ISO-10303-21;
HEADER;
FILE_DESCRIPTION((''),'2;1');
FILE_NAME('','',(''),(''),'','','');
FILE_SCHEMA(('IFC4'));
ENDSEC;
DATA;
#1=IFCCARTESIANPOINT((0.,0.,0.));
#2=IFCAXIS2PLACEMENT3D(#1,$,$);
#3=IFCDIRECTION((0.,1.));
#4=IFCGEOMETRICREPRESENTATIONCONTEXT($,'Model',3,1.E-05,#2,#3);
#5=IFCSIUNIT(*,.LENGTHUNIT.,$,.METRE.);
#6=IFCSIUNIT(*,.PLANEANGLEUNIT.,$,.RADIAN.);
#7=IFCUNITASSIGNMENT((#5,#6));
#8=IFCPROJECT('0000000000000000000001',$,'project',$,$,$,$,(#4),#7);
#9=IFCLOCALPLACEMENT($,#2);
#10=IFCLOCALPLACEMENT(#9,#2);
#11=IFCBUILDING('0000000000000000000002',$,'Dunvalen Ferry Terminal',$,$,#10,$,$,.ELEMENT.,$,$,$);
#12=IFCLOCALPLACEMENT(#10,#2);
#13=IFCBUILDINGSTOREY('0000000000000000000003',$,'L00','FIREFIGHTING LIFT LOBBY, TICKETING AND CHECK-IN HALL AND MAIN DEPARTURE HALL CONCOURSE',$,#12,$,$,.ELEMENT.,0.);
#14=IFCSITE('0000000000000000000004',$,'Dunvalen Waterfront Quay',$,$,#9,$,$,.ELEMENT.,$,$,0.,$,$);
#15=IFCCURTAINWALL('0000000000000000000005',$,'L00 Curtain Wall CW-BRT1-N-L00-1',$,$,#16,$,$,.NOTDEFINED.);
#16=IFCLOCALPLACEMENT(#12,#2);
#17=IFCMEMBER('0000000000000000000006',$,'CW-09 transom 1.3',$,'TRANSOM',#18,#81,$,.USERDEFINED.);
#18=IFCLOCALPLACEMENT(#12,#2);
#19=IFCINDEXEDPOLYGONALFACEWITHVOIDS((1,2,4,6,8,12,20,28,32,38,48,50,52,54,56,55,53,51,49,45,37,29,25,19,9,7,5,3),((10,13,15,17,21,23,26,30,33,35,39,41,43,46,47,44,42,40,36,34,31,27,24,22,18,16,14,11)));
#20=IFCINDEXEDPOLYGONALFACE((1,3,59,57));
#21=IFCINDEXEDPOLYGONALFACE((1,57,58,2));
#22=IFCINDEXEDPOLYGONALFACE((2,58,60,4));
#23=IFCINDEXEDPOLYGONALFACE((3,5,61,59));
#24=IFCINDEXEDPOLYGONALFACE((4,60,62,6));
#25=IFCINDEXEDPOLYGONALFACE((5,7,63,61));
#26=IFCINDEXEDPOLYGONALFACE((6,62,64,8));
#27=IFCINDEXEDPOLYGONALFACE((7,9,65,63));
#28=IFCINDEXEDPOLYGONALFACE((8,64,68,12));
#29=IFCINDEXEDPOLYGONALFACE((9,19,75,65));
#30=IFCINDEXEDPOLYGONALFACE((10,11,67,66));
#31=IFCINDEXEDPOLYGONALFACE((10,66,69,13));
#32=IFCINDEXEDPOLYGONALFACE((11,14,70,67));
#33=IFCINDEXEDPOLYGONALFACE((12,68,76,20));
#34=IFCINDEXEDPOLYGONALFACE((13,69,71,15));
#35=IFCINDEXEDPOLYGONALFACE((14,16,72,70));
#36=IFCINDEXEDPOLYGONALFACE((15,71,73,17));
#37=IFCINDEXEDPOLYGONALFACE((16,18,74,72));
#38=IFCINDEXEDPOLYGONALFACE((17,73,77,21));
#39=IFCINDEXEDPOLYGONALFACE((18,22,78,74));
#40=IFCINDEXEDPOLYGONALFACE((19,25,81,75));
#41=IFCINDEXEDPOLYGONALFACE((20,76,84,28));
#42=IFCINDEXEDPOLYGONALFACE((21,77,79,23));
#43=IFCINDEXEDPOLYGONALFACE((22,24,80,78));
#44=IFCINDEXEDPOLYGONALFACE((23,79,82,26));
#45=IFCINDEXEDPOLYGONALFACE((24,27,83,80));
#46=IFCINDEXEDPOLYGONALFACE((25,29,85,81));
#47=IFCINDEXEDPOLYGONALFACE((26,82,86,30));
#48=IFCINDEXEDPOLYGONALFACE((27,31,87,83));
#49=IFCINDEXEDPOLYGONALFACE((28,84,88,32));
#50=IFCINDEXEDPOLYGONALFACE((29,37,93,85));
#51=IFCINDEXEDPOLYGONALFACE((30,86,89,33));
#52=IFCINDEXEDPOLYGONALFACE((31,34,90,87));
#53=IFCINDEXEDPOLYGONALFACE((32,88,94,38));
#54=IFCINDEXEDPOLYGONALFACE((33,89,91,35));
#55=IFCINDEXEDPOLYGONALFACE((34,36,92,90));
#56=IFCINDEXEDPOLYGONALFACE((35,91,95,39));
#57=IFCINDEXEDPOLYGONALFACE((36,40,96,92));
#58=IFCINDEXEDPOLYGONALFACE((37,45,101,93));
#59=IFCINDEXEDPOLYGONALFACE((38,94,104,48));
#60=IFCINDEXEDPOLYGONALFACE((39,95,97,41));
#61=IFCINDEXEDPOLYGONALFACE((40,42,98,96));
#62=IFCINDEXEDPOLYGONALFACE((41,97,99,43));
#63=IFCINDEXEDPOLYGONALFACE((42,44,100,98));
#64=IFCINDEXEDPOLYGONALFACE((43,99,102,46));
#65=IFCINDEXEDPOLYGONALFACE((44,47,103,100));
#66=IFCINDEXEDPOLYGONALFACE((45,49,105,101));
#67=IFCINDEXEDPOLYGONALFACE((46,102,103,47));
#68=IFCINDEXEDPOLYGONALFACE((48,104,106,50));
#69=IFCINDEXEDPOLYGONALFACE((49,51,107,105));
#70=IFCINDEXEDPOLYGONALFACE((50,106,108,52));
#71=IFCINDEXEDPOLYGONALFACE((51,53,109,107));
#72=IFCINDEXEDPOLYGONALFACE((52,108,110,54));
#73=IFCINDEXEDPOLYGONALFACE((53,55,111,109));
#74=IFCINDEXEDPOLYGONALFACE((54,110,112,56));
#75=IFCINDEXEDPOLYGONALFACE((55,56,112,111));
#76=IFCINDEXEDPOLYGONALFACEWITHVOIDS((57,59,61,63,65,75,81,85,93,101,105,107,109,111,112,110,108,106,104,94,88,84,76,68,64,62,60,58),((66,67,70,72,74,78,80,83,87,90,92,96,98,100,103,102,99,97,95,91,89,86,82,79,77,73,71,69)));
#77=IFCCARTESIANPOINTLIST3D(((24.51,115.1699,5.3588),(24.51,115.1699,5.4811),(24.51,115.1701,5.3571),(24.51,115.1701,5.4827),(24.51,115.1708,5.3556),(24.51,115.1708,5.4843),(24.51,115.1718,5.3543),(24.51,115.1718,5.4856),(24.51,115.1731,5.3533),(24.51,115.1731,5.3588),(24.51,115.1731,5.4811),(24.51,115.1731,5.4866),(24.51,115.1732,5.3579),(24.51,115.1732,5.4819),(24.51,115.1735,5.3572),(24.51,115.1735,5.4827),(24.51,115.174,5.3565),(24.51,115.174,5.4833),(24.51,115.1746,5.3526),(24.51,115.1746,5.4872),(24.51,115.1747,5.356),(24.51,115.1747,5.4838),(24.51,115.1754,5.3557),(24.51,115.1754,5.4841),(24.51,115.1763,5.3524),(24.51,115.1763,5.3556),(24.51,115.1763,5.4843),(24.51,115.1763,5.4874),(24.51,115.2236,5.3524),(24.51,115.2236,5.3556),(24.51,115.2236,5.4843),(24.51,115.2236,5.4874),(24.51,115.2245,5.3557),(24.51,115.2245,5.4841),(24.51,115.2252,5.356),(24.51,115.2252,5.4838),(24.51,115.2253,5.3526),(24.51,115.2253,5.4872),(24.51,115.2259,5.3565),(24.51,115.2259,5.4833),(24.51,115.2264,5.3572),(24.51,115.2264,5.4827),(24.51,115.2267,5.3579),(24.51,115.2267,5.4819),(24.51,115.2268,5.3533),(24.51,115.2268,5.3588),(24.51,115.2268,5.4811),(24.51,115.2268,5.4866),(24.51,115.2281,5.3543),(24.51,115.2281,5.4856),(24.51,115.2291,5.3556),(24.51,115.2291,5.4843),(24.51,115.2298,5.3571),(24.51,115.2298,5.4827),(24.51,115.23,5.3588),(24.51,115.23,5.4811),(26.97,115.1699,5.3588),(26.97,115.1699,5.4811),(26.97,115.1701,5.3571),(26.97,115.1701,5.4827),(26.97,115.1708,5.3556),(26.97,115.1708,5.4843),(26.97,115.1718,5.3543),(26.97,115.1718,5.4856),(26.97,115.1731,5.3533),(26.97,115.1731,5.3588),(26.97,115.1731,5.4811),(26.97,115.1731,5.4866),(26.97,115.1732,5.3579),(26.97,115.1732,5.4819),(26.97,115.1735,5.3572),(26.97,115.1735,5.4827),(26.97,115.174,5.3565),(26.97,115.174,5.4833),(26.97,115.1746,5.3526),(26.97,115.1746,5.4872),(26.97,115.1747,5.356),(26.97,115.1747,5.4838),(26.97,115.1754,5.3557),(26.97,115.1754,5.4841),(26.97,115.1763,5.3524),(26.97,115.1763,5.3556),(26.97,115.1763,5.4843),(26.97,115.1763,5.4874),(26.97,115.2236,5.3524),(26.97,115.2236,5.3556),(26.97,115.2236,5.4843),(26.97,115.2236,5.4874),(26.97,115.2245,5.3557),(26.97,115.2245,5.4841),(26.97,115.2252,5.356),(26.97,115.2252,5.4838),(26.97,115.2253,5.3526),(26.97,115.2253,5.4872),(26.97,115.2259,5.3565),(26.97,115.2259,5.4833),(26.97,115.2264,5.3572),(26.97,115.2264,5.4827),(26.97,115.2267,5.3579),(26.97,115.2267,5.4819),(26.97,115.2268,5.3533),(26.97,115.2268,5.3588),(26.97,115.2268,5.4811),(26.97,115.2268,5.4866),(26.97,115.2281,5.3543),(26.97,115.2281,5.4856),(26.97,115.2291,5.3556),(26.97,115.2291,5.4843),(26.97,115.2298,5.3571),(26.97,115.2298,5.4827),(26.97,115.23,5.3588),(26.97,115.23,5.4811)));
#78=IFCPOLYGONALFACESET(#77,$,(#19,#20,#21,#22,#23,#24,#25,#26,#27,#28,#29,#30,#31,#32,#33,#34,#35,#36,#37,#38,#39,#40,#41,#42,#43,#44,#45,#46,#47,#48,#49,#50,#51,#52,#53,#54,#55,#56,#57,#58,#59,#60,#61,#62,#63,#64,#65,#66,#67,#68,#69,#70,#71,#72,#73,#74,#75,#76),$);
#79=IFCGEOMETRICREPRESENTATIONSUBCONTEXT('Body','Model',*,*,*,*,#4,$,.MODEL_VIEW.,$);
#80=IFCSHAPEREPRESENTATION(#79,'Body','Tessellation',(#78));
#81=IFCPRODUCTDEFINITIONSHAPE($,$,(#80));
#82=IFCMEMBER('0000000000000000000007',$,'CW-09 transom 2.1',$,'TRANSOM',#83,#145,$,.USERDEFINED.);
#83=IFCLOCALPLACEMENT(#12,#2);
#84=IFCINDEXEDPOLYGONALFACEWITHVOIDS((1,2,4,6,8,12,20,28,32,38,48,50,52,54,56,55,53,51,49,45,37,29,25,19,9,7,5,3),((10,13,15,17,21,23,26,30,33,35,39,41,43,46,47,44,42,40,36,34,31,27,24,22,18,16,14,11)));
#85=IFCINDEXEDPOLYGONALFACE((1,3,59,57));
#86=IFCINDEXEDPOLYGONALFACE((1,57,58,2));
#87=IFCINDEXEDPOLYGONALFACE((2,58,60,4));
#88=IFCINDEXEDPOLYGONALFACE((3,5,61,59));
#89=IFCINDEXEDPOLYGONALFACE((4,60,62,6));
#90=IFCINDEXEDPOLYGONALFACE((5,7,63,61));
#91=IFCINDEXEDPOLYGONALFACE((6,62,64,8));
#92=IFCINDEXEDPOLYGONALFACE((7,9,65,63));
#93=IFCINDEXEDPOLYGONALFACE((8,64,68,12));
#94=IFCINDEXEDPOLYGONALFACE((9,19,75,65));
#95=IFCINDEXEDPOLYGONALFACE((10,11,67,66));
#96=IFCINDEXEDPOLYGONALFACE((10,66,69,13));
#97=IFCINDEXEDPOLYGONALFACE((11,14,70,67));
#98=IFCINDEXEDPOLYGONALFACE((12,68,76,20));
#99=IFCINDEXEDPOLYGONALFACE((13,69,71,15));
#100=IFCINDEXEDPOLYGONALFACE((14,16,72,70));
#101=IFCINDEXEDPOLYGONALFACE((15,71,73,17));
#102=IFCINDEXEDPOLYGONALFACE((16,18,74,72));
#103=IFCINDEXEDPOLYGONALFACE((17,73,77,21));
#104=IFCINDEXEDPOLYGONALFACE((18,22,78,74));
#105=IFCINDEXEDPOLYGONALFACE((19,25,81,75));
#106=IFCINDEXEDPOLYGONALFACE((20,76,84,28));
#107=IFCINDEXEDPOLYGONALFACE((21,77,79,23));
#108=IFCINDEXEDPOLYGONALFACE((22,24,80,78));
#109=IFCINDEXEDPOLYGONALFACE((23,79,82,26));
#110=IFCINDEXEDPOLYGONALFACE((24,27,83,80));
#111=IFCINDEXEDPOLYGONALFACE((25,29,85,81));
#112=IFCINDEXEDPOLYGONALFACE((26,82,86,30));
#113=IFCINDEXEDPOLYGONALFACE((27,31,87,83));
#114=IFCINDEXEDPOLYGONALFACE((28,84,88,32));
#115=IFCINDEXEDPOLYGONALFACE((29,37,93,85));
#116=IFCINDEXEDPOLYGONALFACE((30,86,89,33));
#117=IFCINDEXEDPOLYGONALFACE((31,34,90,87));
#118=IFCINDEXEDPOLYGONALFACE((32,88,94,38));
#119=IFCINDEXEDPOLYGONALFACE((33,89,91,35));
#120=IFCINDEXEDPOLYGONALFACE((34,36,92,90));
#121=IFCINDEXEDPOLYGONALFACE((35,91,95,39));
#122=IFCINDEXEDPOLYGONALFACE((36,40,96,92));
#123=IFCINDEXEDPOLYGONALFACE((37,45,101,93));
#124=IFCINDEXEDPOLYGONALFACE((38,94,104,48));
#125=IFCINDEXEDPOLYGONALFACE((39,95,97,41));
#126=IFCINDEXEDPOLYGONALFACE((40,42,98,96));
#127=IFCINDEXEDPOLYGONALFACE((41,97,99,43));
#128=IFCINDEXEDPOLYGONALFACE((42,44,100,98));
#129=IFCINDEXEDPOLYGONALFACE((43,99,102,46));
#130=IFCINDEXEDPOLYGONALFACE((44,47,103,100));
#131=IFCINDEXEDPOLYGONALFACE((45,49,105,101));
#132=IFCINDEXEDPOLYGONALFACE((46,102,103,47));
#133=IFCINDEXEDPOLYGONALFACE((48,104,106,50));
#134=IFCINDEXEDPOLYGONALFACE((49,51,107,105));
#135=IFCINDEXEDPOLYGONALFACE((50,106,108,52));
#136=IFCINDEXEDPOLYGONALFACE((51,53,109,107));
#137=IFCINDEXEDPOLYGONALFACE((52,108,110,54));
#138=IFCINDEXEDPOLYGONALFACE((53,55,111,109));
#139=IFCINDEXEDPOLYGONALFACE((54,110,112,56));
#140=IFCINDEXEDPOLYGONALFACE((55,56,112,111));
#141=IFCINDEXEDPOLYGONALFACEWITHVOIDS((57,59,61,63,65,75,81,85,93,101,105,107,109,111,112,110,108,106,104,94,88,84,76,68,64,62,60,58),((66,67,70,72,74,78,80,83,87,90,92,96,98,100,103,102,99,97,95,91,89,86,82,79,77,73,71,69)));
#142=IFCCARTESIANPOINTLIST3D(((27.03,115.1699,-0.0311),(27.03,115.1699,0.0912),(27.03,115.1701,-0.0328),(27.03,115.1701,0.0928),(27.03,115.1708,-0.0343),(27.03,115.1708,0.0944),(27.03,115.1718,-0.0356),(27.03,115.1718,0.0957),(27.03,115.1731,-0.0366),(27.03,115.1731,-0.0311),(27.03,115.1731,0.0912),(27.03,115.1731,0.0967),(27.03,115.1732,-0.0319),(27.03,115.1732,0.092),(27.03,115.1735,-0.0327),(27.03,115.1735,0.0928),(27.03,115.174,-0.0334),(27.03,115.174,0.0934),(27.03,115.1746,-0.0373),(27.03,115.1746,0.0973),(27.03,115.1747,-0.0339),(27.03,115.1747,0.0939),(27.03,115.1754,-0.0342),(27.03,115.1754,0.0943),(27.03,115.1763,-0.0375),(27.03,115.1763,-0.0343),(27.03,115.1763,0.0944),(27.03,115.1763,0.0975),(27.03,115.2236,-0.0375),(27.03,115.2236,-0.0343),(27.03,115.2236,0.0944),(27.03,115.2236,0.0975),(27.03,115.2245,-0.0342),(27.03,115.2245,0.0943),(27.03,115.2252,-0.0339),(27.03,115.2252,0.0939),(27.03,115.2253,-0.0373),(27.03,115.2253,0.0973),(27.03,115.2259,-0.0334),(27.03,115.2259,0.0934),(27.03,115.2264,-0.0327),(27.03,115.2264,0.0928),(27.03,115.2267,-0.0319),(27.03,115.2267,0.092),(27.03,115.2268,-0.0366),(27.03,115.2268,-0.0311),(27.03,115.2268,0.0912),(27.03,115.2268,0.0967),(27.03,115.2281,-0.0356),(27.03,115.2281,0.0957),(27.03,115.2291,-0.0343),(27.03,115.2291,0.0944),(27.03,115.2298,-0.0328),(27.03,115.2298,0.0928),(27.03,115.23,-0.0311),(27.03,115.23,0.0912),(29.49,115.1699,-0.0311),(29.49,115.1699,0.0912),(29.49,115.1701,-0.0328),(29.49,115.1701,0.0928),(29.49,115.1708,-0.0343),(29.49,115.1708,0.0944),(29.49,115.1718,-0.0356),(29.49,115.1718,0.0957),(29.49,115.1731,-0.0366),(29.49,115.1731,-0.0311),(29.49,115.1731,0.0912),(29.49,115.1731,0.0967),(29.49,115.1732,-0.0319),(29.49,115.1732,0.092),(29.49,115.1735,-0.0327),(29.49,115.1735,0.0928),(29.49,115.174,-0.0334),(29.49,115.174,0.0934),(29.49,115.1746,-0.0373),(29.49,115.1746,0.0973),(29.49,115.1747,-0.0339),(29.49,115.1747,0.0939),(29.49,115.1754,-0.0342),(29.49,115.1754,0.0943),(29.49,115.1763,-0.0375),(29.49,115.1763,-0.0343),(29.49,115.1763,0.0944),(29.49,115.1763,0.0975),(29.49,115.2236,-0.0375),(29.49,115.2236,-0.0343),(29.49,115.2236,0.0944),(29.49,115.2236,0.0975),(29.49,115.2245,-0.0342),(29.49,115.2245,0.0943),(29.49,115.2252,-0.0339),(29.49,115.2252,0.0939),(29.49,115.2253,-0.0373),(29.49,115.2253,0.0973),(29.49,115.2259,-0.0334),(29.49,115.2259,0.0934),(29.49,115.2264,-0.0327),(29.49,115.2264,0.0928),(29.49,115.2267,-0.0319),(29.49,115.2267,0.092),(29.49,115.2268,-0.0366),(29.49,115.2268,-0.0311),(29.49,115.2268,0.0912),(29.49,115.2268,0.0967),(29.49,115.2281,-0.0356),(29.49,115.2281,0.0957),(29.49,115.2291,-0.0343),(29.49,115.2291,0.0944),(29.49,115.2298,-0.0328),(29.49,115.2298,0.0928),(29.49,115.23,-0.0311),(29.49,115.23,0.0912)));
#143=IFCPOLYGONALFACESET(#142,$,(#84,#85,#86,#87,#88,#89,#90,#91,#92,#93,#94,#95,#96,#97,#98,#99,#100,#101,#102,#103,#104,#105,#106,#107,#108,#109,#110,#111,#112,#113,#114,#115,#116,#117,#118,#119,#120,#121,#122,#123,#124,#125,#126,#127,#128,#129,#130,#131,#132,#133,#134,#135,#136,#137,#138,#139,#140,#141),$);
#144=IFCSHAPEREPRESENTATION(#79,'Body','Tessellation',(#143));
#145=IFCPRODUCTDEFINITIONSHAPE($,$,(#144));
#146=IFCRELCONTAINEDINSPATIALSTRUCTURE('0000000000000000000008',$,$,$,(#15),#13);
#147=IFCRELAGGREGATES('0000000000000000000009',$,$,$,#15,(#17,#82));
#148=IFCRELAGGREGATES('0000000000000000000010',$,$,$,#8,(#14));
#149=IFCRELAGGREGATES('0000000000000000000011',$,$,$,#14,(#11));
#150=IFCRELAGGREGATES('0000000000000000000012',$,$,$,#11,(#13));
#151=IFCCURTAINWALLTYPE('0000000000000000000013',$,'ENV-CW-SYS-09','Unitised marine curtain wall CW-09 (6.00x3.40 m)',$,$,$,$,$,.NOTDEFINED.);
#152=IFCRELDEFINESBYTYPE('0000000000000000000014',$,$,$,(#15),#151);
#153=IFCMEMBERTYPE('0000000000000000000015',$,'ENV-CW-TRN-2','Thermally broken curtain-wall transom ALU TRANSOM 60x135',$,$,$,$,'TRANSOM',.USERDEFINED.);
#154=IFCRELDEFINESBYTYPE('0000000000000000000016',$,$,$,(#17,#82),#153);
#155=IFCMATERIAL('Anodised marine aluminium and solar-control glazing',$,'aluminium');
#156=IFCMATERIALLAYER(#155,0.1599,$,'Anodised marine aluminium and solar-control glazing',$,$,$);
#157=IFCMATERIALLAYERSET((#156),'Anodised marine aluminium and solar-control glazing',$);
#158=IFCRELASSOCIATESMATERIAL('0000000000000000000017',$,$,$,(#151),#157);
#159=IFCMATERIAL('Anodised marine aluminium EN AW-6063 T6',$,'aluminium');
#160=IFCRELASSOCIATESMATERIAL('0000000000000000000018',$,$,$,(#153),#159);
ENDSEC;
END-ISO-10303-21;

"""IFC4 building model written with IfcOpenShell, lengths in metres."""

from ifc_helpers import new_model, si_unit, direction, frame, origin, origin_2d, place, context, subcontext, project, spatial, hollow_rectangle, extrude, material, layer, layer_set, material_profile, profile_set, type_object, element, aggregate, save


model = new_model("IFC4")

# Units and contexts
model_context = context("Model", 3, precision=1e-05, world=origin(), true_north=direction((0.0, 1.0)))
body_context = subcontext(model_context, "Body", "Model", "MODEL_VIEW")
ifc_project = project(units=[si_unit("LENGTHUNIT", "METRE"), si_unit("PLANEANGLEUNIT", "RADIAN")], contexts=[model_context])

# Site, building, storey
site_placement = place(None, origin())
site = spatial("IfcSite", under=ifc_project, at=site_placement, Name="Dunvalen Waterfront Quay", CompositionType="ELEMENT", RefElevation=0.0)
building_placement = place(site_placement, origin())
building = spatial("IfcBuilding", under=site, at=building_placement, Name="Dunvalen Ferry Terminal", CompositionType="ELEMENT")
storey_placement = place(building_placement, origin())
storey = spatial("IfcBuildingStorey", under=building, at=storey_placement, Name="L00", Description="FIREFIGHTING LIFT LOBBY, TICKETING AND CHECK-IN HALL AND MAIN DEPARTURE HALL CONCOURSE", CompositionType="ELEMENT", Elevation=0.0)

# Curtain wall
ifc_material_1 = material(Name="Anodised marine aluminium and solar-control glazing", Category="aluminium")
ifc_layer_1 = layer(ifc_material_1, 0.1599, Name="Anodised marine aluminium and solar-control glazing")
ifc_layer_set_1 = layer_set([ifc_layer_1], Name="Anodised marine aluminium and solar-control glazing")
curtain_wall_type = type_object("IfcCurtainWallType", Name="ENV-CW-SYS-09", Description="Unitised marine curtain wall CW-09 (6.00x3.40 m)", PredefinedType="NOTDEFINED", material=ifc_layer_set_1)
curtain_wall_1_placement = place(storey_placement, origin())
curtain_wall_1 = element("IfcCurtainWall", 1, at=curtain_wall_1_placement, inside=storey, type_object=curtain_wall_type, Name="L00 Curtain Wall CW-BRT1-N-L00-1", PredefinedType="NOTDEFINED")
ifc_material_2 = material(Name="Anodised marine aluminium EN AW-6063 T6", Category="aluminium")

# Members
ifc_material_profile_1 = material_profile(ifc_material_2, hollow_rectangle(XDim=0.0601, YDim=0.135, WallThickness=0.0032, InnerFilletRadius=0.0032, OuterFilletRadius=0.0063, at=origin_2d()), Name="Anodised marine aluminium EN AW-6063 T6")
ifc_profile_set_1 = profile_set([ifc_material_profile_1], Name="Anodised marine aluminium EN AW-6063 T6")
member_type_1 = type_object("IfcMemberType", Name="ENV-CW-TRN-2", Description="Thermally broken curtain-wall transom ALU TRANSOM 60x135", ElementType="TRANSOM", PredefinedType="USERDEFINED", material=ifc_profile_set_1)
member_1_placement = place(storey_placement, frame((24.51, 115.2, 5.4199), z_axis=(1.0, 0.0, 0.0), x_axis=(0.0, 1.0, 0.0)))
member_1 = element("IfcMember", 2, at=member_1_placement, type_object=member_type_1, Name="CW-09 transom 1.3", ObjectType="TRANSOM", PredefinedType="USERDEFINED", context=body_context, shape_type="SweptSolid", body=[
    extrude(hollow_rectangle(XDim=0.0601, YDim=0.135, WallThickness=0.0032, InnerFilletRadius=0.0032, OuterFilletRadius=0.0063, at=origin_2d()), origin(), (0.0, 0.0, 1.0), 2.46),
])
member_2_placement = place(storey_placement, frame((27.03, 115.2, 0.03), z_axis=(1.0, 0.0, 0.0), x_axis=(0.0, 1.0, 0.0)))
member_2 = element("IfcMember", 3, at=member_2_placement, type_object=member_type_1, Name="CW-09 transom 2.1", ObjectType="TRANSOM", PredefinedType="USERDEFINED", context=body_context, shape_type="SweptSolid", body=[
    extrude(hollow_rectangle(XDim=0.0601, YDim=0.135, WallThickness=0.0032, InnerFilletRadius=0.0032, OuterFilletRadius=0.0063, at=origin_2d()), origin(), (0.0, 0.0, 1.0), 2.46),
])

aggregate(curtain_wall_1, [member_1, member_2])

save(model, "model.ifc")
